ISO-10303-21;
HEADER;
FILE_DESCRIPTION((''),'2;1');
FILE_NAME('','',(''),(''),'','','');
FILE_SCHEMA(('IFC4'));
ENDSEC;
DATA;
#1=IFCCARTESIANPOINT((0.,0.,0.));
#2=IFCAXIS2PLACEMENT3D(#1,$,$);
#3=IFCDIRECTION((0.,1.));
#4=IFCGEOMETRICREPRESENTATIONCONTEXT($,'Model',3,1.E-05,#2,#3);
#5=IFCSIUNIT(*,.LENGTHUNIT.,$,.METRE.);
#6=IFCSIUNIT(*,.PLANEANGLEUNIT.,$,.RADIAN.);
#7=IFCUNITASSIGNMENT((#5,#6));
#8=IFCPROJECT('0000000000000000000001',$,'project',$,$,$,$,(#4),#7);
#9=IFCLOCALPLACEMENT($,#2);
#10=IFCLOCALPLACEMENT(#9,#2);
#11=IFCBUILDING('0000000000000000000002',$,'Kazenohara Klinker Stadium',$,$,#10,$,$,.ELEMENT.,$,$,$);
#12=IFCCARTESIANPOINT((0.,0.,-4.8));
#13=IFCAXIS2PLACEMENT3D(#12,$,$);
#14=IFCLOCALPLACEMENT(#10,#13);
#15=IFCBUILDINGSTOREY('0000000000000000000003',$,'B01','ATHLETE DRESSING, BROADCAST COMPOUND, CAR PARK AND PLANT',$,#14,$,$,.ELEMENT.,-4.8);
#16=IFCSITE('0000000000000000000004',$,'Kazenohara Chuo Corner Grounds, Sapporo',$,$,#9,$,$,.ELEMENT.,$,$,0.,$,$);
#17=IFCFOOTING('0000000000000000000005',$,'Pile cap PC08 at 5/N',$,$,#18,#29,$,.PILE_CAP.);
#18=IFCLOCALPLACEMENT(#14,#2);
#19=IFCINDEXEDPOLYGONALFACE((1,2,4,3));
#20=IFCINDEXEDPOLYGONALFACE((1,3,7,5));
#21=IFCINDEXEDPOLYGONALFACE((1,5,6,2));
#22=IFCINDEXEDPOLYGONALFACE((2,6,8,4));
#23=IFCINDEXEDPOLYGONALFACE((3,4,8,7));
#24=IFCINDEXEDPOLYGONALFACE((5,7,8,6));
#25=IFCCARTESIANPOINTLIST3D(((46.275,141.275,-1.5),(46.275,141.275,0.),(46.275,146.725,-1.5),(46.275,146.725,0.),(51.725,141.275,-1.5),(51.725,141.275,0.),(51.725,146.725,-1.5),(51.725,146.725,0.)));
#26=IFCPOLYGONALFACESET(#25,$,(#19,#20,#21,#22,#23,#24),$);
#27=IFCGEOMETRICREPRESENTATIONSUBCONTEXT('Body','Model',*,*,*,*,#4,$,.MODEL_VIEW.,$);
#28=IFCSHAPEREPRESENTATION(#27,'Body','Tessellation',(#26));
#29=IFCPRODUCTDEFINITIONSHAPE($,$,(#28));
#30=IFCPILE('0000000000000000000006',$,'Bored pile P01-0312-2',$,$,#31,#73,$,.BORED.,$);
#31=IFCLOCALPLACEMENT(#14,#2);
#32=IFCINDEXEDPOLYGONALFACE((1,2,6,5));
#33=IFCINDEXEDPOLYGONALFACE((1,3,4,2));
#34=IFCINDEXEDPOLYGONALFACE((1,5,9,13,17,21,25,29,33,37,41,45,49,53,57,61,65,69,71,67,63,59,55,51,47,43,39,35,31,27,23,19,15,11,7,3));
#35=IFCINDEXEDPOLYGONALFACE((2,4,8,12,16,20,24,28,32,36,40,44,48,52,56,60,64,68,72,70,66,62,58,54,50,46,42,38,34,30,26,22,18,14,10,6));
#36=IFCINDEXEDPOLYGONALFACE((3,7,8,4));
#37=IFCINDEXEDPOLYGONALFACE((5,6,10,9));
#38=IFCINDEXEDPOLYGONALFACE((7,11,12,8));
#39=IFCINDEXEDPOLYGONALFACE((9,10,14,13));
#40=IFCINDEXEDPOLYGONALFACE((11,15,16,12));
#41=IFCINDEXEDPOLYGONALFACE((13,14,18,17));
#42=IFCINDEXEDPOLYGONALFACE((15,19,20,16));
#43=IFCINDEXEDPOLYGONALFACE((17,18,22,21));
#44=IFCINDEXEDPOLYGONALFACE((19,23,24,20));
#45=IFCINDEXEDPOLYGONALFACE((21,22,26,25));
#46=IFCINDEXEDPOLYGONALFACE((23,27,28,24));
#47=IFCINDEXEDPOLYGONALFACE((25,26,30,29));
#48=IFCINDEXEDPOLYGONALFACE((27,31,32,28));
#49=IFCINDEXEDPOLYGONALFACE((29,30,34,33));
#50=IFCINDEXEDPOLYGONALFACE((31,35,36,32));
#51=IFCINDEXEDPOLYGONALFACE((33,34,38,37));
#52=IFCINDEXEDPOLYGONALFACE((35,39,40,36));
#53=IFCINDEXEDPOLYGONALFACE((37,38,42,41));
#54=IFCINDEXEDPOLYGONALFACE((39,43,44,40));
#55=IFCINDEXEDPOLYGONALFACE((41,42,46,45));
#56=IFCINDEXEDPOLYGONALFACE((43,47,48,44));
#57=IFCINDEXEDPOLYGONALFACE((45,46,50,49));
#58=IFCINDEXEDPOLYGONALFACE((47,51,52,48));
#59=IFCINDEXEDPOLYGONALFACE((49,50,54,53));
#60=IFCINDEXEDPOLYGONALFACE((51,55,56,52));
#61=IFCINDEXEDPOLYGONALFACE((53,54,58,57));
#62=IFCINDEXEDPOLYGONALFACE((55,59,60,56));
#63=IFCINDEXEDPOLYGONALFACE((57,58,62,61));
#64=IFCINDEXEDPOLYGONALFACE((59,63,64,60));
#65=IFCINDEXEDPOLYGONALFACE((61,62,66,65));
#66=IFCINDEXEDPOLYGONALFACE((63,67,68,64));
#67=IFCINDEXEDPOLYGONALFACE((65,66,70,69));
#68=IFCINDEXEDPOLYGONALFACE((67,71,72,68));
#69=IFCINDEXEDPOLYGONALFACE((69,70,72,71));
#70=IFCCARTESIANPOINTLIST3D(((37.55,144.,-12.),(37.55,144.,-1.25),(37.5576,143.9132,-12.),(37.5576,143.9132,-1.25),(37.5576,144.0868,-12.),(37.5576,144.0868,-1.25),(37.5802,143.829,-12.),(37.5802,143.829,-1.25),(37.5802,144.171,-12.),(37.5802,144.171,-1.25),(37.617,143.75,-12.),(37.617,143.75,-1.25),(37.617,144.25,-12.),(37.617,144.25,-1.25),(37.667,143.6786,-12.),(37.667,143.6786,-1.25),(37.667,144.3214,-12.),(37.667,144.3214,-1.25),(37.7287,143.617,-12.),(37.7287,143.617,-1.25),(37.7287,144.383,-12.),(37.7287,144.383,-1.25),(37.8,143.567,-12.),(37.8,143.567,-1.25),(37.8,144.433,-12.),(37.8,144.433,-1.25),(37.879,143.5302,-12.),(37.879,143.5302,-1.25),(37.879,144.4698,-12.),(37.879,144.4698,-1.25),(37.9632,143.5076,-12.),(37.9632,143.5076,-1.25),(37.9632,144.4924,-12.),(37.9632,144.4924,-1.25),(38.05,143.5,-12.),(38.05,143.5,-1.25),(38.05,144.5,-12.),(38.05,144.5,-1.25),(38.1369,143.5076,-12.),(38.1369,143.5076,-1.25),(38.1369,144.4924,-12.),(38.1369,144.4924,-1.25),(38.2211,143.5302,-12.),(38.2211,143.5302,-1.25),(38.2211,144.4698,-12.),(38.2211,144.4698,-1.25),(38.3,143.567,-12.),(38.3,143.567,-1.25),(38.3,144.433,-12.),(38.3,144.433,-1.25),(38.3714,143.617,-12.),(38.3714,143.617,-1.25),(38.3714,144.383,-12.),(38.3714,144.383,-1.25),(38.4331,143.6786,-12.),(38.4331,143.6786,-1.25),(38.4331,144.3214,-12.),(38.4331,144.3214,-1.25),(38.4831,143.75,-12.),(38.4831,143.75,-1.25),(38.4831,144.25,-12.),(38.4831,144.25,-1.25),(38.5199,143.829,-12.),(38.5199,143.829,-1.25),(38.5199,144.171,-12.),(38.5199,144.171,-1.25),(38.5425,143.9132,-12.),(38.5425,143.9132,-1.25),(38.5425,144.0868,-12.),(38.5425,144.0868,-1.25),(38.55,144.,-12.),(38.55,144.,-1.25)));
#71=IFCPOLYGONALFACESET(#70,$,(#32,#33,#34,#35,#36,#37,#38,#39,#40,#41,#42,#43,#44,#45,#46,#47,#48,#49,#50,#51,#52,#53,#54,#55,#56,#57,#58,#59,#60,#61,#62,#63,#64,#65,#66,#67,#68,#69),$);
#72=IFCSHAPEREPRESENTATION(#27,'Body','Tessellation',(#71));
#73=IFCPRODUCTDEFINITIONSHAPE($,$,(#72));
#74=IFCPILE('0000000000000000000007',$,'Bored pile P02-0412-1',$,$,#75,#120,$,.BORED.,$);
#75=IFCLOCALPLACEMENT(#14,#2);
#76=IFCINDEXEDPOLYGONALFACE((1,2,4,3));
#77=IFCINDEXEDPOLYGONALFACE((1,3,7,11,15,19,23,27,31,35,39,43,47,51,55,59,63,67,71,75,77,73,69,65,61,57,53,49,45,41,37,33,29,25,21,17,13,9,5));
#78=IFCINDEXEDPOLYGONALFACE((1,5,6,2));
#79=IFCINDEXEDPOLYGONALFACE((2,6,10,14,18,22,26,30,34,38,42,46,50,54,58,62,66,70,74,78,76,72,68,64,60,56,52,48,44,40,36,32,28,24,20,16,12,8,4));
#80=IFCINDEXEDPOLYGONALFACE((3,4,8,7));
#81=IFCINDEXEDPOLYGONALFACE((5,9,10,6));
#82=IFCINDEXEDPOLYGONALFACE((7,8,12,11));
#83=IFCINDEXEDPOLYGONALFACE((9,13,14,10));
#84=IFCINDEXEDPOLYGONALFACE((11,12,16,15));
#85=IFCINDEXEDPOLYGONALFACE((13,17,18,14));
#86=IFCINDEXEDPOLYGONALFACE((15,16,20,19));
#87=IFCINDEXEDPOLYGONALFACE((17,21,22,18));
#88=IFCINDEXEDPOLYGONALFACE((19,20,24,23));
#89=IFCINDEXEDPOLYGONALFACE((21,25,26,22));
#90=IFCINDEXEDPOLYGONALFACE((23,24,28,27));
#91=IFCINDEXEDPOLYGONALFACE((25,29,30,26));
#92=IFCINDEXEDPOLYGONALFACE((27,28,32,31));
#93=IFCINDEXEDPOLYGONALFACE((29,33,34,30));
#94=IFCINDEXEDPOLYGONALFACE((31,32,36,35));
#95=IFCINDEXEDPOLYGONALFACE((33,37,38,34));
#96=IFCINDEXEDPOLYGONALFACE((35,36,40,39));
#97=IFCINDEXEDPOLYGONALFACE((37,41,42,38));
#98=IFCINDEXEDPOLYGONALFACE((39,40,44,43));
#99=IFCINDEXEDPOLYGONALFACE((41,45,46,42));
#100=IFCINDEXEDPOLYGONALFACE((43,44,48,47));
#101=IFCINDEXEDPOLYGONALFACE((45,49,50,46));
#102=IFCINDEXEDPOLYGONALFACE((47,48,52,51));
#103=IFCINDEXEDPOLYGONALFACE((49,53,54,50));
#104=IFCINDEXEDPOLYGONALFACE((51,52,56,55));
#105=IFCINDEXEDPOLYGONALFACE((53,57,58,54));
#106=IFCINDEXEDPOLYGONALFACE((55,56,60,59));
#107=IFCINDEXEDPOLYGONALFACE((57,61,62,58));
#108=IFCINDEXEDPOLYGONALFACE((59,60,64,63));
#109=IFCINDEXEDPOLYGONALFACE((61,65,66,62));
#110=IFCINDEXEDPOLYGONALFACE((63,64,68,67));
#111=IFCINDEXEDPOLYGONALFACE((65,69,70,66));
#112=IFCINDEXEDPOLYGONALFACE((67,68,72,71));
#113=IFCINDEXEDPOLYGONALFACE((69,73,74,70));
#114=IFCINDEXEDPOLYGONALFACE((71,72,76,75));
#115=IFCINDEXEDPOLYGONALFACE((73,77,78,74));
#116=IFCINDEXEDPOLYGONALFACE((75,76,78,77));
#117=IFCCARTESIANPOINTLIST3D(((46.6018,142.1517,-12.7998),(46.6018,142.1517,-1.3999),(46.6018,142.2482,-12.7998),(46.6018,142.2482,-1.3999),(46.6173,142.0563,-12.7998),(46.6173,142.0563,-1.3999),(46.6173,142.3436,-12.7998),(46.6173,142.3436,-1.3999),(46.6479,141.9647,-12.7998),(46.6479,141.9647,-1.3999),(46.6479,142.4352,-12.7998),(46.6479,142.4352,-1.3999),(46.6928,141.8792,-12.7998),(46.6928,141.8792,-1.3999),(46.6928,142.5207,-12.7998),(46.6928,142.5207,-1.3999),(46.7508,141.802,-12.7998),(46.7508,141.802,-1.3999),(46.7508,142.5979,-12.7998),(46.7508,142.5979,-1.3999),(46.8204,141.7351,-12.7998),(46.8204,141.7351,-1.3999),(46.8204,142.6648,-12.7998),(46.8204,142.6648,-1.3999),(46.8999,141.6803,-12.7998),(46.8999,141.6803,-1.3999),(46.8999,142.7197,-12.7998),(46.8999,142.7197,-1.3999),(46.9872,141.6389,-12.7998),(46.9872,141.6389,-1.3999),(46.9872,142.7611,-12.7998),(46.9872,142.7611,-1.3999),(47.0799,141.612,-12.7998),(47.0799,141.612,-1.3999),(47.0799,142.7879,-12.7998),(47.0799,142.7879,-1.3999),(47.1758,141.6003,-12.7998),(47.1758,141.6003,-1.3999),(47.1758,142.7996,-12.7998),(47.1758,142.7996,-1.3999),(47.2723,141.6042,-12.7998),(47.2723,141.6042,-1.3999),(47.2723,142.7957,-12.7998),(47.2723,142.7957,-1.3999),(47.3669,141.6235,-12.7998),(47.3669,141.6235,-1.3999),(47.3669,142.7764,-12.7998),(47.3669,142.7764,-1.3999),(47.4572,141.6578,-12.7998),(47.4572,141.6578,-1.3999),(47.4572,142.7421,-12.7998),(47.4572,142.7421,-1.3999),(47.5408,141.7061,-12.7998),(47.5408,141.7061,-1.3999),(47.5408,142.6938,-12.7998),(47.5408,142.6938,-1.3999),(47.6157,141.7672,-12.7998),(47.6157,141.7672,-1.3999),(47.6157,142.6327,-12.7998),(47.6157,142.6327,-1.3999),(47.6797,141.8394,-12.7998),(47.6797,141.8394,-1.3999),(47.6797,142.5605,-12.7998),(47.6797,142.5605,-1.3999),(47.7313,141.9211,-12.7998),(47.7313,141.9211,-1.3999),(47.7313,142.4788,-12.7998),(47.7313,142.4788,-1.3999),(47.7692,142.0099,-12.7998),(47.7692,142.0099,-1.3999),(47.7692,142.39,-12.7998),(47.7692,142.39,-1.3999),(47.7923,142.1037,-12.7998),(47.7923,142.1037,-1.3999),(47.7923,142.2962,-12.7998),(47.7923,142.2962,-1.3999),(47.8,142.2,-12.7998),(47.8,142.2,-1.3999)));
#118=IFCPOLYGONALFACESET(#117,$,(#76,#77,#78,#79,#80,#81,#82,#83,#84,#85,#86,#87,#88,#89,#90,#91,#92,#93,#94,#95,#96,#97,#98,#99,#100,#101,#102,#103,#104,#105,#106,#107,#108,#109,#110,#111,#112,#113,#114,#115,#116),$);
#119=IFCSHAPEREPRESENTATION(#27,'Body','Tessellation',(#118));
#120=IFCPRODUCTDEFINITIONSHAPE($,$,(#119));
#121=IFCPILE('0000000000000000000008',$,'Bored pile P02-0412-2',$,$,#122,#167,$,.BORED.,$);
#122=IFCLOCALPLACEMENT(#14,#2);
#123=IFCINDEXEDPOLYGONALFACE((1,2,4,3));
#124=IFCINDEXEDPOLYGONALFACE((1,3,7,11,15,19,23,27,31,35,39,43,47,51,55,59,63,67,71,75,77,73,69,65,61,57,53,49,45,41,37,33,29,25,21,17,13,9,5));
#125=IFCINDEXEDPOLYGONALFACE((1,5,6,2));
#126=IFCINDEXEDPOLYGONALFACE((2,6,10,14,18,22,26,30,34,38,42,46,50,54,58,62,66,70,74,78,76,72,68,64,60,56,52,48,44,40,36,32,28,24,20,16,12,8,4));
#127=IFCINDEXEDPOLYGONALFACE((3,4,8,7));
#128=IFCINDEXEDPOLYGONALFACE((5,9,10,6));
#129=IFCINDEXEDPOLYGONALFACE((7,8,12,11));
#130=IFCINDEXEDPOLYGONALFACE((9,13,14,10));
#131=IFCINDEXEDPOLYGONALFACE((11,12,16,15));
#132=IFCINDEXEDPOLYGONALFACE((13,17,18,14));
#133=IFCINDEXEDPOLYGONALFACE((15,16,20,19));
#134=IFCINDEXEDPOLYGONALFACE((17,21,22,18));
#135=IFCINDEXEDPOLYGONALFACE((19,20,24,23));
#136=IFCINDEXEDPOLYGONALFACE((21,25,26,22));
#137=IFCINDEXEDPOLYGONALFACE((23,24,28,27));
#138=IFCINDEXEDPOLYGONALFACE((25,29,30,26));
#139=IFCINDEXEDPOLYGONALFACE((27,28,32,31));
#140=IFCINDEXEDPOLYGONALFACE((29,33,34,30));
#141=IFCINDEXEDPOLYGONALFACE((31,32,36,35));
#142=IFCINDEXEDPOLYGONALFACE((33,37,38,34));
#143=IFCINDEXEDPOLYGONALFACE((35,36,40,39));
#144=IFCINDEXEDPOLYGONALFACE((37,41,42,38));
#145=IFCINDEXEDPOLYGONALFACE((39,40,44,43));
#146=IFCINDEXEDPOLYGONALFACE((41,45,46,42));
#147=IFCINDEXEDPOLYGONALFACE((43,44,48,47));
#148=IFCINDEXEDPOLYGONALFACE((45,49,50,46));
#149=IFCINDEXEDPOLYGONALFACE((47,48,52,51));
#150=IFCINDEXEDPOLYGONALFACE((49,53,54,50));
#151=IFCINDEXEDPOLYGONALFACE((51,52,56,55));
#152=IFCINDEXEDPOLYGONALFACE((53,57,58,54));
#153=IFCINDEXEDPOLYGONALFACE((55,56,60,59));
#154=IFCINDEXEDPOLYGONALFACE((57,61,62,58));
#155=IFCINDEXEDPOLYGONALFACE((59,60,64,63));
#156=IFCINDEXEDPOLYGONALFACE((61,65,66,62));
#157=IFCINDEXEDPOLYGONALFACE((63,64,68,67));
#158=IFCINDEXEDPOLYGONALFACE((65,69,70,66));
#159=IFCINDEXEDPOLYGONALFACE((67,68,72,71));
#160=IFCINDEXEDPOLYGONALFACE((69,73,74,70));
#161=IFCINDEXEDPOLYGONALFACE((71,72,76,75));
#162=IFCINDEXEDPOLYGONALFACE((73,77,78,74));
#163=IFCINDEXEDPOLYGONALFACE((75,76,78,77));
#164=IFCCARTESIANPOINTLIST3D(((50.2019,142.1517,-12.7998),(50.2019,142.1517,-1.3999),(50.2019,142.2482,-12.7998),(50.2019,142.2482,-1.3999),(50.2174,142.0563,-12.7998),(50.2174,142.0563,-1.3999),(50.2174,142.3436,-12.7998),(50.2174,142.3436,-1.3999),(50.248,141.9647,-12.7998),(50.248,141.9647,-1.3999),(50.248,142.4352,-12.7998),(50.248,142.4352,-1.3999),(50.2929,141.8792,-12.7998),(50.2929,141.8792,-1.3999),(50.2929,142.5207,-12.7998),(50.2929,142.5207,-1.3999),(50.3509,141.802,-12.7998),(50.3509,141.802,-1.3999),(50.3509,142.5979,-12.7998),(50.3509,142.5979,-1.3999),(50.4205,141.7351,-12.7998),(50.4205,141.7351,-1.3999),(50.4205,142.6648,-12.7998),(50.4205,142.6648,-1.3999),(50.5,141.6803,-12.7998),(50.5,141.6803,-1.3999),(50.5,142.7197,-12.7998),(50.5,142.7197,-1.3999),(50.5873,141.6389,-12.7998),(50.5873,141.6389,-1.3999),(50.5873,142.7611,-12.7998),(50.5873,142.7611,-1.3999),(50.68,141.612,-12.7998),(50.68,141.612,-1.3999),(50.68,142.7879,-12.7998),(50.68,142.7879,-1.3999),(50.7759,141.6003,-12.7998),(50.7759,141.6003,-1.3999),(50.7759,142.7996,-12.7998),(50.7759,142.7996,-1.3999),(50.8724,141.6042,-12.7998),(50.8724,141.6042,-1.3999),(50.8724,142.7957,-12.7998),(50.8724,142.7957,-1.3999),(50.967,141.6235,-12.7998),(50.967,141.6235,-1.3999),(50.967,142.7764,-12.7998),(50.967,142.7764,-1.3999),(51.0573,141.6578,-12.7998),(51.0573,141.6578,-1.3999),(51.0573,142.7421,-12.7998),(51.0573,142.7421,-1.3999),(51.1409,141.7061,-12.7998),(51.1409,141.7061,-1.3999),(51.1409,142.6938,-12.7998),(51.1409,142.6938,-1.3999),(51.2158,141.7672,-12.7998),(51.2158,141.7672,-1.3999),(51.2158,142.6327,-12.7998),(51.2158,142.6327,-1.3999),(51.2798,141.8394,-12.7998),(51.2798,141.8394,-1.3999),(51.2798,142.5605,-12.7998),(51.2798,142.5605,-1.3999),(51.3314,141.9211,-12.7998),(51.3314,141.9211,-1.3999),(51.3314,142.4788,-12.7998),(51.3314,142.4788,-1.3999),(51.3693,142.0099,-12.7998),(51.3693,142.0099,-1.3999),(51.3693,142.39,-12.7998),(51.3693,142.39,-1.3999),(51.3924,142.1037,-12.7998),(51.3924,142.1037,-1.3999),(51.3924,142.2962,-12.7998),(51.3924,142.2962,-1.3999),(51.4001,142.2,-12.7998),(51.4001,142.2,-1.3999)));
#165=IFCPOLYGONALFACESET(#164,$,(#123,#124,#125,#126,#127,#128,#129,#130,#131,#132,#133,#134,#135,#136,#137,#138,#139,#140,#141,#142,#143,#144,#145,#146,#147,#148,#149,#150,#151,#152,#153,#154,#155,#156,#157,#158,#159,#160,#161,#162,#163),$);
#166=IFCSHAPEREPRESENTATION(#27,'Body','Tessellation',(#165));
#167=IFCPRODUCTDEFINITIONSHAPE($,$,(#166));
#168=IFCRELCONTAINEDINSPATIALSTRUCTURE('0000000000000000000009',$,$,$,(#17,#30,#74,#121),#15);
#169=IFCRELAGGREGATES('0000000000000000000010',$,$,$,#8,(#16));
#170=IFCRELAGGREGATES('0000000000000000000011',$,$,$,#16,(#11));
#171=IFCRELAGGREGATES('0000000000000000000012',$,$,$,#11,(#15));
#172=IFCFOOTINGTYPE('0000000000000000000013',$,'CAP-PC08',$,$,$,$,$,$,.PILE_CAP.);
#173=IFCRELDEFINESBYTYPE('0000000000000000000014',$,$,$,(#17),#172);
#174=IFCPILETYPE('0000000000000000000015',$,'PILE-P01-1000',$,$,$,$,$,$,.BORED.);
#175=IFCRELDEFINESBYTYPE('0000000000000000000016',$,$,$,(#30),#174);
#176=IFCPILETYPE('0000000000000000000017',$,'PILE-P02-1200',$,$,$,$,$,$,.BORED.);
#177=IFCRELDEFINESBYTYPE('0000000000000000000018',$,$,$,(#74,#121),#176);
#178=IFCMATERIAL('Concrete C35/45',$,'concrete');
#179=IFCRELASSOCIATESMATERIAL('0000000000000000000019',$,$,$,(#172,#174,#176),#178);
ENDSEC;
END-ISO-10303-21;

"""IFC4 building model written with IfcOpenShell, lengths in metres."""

from ifc_helpers import new_model, si_unit, direction, frame, origin, origin_2d, place, context, subcontext, project, spatial, rectangle, circle, extrude, material, material_profile, profile_set, type_object, element, save


model = new_model("IFC4")

# Units and contexts
model_context = context("Model", 3, precision=1e-05, world=origin(), true_north=direction((0.0, 1.0)))
body_context = subcontext(model_context, "Body", "Model", "MODEL_VIEW")
ifc_project = project(units=[si_unit("LENGTHUNIT", "METRE"), si_unit("PLANEANGLEUNIT", "RADIAN")], contexts=[model_context])

# Site, building, storey
site_placement = place(None, origin())
site = spatial("IfcSite", under=ifc_project, at=site_placement, Name="Kazenohara Chuo Corner Grounds, Sapporo", CompositionType="ELEMENT", RefElevation=0.0)
building_placement = place(site_placement, origin())
building = spatial("IfcBuilding", under=site, at=building_placement, Name="Kazenohara Klinker Stadium", CompositionType="ELEMENT")
storey_placement = place(building_placement, frame((0.0, 0.0, -4.8)))
storey = spatial("IfcBuildingStorey", under=building, at=storey_placement, Name="B01", Description="ATHLETE DRESSING, BROADCAST COMPOUND, CAR PARK AND PLANT", CompositionType="ELEMENT", Elevation=-4.8)

# Footing
ifc_material_1 = material(Name="Concrete C35/45", Category="concrete")
footing_type = type_object("IfcFootingType", Name="CAP-PC08", PredefinedType="PILE_CAP", material=ifc_material_1)
footing_placement = place(storey_placement, frame((49.0, 144.0, -1.5), z_axis=(0.0, 0.0, 1.0), x_axis=(1.0, 0.0, 0.0)))
element("IfcFooting", 1, at=footing_placement, inside=storey, type_object=footing_type, Name="Pile cap PC08 at 5/N", PredefinedType="PILE_CAP", context=body_context, shape_type="SweptSolid", body=[
    extrude(rectangle(XDim=5.45, YDim=5.45, at=origin_2d()), origin(), (0.0, 0.0, 1.0), 1.5),
])

# Piles
ifc_material_profile_1 = material_profile(ifc_material_1, circle(Radius=0.5, at=origin_2d()), Name="BORED-PILE-1000")
ifc_profile_set_1 = profile_set([ifc_material_profile_1], Name="Concrete C35/45")
pile_type_1 = type_object("IfcPileType", Name="PILE-P01-1000", PredefinedType="BORED", material=ifc_profile_set_1)
pile_placement = place(storey_placement, frame((38.05, 144.0, -1.25), z_axis=(0.0, 0.0, -1.0), x_axis=(1.0, 0.0, 0.0)))
element("IfcPile", 2, at=pile_placement, inside=storey, type_object=pile_type_1, Name="Bored pile P01-0312-2", PredefinedType="BORED", context=body_context, shape_type="SweptSolid", body=[
    extrude(circle(Radius=0.5, at=origin_2d()), origin(), (0.0, 0.0, 1.0), 10.75),
])
ifc_material_profile_2 = material_profile(ifc_material_1, circle(Radius=0.6001, at=origin_2d()), Name="BORED-PILE-1200")
ifc_profile_set_2 = profile_set([ifc_material_profile_2], Name="Concrete C35/45")
pile_type_2 = type_object("IfcPileType", Name="PILE-P02-1200", PredefinedType="BORED", material=ifc_profile_set_2)
for number, where, z_axis, x_axis, name in (
    (3, (47.2, 142.2, -1.3999), (0.0, 0.0, -1.0), (1.0, 0.0, 0.0), "Bored pile P02-0412-1"),
    (4, (50.8, 142.2, -1.3999), (0.0, 0.0, -1.0), (1.0, 0.0, 0.0), "Bored pile P02-0412-2"),
):
    element("IfcPile", number, at=place(storey_placement, frame(where, z_axis=z_axis, x_axis=x_axis)), inside=storey, type_object=pile_type_2, Name=name, PredefinedType="BORED", context=body_context, shape_type="SweptSolid", body=[
        extrude(circle(Radius=0.6001, at=origin_2d()), origin(), (0.0, 0.0, 1.0), 11.3999),
    ])

save(model, "model.ifc")
